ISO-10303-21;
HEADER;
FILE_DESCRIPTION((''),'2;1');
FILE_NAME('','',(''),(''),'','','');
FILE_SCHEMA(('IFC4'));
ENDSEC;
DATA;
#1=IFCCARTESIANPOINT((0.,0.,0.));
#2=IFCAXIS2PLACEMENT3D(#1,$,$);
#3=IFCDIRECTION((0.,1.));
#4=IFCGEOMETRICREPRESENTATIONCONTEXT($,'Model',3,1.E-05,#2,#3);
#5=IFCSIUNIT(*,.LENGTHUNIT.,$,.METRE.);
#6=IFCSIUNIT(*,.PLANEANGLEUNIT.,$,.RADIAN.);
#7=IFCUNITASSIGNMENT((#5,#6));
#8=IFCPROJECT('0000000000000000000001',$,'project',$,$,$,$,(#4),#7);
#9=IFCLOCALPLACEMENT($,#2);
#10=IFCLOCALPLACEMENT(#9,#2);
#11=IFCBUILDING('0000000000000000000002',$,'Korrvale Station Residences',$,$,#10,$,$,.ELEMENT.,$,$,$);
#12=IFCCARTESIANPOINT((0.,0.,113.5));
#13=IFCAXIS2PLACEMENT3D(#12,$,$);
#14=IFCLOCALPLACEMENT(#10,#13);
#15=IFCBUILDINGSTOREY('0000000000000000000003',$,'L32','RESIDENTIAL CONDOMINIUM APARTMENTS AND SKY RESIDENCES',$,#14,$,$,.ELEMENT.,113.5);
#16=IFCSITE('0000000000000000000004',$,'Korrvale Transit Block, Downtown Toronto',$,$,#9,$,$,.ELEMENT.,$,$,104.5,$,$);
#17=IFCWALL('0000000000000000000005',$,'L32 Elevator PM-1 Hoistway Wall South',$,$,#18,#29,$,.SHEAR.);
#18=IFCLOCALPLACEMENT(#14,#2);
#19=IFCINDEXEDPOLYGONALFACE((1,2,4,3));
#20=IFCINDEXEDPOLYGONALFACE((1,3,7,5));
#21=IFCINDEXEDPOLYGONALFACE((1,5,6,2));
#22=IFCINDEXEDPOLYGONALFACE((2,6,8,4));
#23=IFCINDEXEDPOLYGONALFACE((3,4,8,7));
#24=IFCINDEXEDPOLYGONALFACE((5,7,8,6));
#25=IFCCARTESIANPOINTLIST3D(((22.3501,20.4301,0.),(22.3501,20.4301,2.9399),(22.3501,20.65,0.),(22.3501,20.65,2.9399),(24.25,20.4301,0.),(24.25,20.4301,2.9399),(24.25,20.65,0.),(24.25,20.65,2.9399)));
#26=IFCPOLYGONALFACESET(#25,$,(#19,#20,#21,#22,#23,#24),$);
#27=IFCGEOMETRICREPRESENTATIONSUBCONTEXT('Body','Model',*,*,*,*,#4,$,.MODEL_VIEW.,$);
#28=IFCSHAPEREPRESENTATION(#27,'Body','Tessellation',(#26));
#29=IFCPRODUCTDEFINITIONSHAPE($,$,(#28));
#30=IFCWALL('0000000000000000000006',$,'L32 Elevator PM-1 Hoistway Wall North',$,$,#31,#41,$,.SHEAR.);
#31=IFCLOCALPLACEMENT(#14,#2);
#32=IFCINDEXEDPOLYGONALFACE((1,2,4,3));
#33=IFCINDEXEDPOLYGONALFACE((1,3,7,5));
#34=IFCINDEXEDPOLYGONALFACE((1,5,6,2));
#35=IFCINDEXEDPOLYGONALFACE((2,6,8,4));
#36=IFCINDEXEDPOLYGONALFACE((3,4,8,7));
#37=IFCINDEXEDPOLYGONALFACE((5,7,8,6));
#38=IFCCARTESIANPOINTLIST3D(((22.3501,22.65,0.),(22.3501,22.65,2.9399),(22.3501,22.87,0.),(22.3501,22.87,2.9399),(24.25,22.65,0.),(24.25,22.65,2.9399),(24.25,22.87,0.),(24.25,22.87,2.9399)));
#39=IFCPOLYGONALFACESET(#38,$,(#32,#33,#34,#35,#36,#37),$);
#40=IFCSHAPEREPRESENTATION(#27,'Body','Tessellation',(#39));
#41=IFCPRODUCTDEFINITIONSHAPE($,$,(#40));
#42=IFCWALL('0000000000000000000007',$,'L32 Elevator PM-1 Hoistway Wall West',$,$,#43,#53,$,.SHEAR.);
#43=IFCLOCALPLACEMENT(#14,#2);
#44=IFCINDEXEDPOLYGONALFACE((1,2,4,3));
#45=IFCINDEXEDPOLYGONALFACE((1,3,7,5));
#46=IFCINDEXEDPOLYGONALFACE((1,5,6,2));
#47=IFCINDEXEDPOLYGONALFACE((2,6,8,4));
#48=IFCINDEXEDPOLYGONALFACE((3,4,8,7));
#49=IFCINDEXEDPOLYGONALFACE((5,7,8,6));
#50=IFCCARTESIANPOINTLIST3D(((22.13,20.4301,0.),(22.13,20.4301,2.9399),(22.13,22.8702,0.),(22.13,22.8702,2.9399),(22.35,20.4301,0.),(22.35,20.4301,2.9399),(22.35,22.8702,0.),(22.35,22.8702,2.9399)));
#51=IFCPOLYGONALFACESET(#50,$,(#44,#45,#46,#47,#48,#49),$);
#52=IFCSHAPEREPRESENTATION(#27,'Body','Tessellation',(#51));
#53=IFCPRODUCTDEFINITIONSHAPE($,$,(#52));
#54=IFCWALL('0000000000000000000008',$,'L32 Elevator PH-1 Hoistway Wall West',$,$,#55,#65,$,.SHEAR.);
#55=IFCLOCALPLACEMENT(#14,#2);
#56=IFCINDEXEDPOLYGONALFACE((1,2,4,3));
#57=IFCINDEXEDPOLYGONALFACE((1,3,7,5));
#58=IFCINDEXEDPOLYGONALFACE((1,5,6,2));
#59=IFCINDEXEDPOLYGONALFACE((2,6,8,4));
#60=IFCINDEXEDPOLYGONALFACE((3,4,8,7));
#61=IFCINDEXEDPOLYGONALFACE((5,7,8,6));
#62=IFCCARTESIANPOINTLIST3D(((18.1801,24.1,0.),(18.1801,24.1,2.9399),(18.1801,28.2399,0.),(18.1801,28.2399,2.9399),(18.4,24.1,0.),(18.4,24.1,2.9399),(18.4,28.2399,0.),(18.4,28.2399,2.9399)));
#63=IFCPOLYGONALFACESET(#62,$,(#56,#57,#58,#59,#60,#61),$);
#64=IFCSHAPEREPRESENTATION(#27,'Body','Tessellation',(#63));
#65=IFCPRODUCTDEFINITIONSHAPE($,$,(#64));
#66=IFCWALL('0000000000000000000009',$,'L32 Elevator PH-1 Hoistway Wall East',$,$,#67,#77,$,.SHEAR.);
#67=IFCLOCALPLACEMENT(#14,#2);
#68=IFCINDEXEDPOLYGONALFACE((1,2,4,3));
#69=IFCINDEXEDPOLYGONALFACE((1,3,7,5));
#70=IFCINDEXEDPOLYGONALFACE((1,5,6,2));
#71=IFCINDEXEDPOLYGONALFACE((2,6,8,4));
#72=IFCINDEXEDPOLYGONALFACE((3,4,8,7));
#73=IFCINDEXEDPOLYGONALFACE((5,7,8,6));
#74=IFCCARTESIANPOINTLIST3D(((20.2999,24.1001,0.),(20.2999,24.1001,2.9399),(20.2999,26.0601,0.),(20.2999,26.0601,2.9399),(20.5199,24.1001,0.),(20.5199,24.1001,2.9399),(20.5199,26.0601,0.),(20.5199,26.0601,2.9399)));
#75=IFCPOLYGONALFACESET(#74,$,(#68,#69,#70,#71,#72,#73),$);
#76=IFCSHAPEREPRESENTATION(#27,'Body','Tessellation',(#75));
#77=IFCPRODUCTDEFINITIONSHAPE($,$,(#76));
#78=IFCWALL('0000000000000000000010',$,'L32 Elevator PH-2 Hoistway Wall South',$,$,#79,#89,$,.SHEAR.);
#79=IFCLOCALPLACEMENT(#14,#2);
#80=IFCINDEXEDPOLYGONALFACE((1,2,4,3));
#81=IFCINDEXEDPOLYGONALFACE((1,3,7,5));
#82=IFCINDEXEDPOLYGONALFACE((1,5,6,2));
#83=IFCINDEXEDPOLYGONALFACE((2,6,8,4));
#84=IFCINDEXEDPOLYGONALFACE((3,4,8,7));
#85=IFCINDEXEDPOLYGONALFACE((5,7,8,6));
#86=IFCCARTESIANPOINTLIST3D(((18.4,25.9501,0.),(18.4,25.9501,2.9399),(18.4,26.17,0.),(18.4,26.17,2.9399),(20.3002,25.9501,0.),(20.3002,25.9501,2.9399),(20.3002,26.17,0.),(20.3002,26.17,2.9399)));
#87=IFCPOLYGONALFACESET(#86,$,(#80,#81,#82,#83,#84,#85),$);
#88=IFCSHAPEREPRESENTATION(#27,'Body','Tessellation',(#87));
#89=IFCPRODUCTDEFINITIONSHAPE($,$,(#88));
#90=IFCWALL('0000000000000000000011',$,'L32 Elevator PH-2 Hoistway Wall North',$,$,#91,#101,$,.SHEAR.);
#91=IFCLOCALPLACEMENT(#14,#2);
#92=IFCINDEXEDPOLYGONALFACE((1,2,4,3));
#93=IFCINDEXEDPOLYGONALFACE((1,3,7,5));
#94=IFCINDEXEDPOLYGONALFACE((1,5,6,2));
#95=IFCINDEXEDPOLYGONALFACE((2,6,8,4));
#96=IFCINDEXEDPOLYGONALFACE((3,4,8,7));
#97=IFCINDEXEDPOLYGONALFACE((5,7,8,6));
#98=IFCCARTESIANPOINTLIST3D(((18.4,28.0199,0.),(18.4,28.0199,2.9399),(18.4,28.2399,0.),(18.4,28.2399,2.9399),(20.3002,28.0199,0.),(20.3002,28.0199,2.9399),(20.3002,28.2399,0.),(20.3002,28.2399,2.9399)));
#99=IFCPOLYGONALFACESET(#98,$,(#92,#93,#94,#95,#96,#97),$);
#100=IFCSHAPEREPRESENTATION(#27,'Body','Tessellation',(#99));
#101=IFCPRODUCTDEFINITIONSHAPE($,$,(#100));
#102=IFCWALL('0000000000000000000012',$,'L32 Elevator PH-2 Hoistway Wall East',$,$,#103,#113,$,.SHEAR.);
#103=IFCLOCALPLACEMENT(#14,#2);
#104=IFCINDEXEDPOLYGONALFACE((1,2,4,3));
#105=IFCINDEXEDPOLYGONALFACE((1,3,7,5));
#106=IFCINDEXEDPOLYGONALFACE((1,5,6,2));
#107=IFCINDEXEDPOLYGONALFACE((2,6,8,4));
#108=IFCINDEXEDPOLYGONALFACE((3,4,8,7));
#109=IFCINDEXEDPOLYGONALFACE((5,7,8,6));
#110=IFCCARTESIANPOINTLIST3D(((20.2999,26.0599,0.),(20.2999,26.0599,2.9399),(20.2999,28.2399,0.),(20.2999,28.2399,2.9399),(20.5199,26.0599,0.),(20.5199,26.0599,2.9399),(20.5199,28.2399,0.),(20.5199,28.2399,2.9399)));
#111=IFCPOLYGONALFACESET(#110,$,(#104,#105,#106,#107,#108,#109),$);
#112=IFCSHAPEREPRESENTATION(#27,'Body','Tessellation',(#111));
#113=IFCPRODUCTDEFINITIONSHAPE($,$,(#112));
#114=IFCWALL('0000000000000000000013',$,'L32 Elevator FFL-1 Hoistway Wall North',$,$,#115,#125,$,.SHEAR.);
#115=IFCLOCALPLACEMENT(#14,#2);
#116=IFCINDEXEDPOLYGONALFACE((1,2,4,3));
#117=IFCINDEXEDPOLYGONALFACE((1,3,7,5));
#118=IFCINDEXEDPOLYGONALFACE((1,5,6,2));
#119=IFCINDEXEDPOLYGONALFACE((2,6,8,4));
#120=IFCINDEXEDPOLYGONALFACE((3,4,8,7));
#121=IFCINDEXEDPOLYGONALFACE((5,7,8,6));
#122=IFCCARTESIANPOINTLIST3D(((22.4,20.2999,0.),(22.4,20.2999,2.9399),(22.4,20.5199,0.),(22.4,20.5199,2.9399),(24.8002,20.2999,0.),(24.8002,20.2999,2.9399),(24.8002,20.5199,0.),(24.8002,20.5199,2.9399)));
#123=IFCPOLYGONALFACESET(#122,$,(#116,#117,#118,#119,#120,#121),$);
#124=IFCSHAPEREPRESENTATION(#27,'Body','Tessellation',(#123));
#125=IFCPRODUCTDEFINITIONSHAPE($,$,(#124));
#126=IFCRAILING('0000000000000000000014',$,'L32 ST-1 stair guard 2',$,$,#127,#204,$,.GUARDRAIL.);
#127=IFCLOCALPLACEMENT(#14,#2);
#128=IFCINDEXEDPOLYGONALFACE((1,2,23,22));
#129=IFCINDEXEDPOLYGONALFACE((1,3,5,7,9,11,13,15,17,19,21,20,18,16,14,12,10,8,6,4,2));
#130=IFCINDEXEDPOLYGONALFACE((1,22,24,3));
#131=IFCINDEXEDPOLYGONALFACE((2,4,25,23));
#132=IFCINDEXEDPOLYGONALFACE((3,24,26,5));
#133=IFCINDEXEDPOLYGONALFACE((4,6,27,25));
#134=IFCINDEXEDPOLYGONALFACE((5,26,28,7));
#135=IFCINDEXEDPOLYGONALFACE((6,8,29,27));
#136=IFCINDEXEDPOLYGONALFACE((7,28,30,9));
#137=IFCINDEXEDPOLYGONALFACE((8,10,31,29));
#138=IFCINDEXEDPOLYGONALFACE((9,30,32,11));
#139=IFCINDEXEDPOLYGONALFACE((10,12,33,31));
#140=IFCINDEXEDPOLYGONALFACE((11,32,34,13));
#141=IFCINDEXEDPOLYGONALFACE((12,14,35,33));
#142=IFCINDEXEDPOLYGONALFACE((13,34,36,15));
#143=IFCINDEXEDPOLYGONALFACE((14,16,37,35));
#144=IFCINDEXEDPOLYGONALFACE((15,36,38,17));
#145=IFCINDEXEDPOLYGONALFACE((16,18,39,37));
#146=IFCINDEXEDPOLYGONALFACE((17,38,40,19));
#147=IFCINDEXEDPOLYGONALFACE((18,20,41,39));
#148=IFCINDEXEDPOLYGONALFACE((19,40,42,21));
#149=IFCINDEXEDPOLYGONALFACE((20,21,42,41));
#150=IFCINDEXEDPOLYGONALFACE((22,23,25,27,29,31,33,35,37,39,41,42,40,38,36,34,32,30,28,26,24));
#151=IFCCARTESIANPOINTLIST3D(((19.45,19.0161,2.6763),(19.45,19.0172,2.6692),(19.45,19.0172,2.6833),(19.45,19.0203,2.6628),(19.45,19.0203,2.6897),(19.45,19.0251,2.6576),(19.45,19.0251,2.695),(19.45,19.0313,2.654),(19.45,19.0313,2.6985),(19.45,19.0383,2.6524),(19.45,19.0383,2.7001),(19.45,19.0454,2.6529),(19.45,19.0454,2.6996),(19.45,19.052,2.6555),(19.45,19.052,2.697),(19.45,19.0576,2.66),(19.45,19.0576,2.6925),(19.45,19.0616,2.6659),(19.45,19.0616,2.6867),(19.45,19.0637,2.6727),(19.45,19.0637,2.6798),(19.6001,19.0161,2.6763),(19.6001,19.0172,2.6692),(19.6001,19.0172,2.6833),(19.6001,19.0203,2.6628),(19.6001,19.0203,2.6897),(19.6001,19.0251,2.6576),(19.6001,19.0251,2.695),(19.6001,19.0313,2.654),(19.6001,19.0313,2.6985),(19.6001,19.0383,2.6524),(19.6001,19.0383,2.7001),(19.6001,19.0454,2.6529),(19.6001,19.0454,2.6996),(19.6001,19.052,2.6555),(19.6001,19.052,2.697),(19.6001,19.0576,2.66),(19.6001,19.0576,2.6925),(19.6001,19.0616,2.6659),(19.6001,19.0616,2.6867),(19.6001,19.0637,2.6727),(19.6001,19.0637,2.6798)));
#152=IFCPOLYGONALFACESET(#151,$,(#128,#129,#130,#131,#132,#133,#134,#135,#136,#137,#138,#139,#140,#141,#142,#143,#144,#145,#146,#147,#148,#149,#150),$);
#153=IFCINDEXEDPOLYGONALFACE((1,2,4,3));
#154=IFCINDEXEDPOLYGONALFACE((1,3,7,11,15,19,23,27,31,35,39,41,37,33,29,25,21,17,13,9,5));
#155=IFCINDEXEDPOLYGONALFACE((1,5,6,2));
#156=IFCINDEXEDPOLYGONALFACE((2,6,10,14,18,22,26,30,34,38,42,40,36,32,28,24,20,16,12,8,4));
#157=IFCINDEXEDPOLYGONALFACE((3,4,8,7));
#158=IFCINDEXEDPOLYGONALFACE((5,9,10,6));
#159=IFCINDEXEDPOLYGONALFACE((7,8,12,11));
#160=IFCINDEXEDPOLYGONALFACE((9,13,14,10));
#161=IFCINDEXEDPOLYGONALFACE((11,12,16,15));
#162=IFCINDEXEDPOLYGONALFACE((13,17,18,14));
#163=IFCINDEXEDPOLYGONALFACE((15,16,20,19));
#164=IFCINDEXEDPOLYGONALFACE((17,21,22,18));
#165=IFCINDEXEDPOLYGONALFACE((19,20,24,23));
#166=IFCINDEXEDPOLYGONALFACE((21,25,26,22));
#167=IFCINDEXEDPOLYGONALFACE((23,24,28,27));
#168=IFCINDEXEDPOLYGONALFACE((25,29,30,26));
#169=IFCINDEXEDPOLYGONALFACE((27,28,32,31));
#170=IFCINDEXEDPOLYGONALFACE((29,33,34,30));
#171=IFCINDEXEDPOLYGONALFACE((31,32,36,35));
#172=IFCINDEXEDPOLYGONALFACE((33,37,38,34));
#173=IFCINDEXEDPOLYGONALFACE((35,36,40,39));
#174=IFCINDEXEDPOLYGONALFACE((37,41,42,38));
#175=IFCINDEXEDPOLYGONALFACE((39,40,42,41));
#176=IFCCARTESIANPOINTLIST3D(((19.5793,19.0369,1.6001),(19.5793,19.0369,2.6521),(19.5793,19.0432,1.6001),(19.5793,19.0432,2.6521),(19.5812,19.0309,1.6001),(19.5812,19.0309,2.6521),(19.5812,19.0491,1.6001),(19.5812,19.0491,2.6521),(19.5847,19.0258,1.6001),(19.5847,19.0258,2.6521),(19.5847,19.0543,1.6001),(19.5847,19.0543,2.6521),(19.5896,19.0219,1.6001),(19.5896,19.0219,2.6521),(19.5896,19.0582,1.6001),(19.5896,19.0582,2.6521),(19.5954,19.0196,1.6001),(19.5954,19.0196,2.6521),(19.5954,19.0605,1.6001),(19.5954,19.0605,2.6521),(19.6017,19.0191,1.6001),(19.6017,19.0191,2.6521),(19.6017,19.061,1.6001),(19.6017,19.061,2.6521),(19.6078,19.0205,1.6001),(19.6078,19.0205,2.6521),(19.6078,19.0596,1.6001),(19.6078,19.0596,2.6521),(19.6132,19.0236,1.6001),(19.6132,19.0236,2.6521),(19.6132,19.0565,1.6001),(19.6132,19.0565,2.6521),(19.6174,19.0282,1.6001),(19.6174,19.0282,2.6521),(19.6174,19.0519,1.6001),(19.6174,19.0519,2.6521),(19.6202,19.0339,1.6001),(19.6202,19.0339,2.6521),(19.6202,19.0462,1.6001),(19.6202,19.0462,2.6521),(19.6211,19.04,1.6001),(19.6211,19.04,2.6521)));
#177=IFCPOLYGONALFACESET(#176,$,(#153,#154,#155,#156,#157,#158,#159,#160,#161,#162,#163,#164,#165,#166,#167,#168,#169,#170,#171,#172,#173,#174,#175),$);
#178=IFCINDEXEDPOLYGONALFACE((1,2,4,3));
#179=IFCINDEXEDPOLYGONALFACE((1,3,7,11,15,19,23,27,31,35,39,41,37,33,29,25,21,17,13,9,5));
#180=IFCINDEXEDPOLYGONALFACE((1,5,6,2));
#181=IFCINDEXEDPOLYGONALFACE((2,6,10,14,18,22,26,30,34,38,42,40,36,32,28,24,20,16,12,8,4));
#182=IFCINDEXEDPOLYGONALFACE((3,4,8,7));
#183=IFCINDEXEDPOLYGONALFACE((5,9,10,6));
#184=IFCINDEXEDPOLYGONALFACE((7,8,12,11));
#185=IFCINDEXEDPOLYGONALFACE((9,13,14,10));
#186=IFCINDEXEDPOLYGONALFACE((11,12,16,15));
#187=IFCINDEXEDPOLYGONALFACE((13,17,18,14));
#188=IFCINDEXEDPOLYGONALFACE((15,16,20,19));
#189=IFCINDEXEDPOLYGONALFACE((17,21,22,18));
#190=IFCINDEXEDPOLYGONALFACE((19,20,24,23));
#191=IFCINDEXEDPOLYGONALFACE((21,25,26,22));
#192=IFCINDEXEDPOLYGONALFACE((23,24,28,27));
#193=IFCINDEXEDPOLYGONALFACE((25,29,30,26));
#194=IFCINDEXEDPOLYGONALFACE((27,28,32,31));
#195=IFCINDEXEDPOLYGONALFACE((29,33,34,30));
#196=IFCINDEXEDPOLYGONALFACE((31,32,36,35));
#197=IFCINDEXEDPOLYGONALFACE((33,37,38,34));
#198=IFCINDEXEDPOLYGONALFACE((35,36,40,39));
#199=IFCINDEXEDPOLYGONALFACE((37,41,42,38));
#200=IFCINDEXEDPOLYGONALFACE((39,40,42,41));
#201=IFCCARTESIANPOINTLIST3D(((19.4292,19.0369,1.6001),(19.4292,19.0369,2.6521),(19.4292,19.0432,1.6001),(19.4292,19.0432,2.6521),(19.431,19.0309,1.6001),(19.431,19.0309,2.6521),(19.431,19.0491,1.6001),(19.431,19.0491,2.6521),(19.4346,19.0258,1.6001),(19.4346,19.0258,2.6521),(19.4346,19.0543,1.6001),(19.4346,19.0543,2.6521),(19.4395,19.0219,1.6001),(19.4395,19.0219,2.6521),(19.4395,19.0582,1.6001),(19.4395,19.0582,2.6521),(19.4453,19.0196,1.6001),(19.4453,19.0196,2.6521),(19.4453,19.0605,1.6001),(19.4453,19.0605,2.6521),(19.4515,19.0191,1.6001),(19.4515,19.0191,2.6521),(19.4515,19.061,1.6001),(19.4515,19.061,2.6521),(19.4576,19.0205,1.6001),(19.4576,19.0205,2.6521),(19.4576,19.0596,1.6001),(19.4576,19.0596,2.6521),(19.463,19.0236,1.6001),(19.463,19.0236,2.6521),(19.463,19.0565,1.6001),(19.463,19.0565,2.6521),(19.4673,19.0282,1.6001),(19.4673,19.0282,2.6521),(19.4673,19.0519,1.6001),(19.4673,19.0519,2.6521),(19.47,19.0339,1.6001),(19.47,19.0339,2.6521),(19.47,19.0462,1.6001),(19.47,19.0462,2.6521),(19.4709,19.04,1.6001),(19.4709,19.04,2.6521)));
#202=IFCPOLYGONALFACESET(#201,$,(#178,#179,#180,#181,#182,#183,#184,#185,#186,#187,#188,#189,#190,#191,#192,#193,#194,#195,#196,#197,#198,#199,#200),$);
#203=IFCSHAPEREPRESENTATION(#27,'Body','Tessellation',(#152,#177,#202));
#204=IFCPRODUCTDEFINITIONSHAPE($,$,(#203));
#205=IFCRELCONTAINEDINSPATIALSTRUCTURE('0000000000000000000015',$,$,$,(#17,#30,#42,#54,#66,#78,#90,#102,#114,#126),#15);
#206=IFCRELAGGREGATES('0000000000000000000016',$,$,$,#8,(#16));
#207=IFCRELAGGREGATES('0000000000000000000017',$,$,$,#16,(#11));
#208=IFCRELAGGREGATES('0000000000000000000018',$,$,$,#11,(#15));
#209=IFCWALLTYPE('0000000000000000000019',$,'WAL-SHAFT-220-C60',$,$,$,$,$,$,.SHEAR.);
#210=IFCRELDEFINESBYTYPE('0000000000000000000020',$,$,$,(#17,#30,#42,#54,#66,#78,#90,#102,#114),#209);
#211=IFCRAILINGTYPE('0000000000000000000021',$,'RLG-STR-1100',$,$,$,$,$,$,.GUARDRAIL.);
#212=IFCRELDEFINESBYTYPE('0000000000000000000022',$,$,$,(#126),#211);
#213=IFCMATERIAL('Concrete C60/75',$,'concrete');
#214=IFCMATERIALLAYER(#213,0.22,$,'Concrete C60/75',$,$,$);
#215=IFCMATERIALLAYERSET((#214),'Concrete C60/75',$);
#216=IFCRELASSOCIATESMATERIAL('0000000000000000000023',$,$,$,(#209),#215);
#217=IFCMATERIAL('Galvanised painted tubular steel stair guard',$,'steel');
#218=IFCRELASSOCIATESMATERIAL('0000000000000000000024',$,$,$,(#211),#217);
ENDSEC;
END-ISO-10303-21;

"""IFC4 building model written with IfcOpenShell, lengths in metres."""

from ifc_helpers import new_model, si_unit, direction, frame, frame_2d, origin, origin_2d, place, context, subcontext, project, spatial, rectangle, circle, extrude, material, layer, layer_set, type_object, element, save


model = new_model("IFC4")

# Units and contexts
model_context = context("Model", 3, precision=1e-05, world=origin(), true_north=direction((0.0, 1.0)))
body_context = subcontext(model_context, "Body", "Model", "MODEL_VIEW")
ifc_project = project(units=[si_unit("LENGTHUNIT", "METRE"), si_unit("PLANEANGLEUNIT", "RADIAN")], contexts=[model_context])

# Site, building, storey
site_placement = place(None, origin())
site = spatial("IfcSite", under=ifc_project, at=site_placement, Name="Korrvale Transit Block, Downtown Toronto", CompositionType="ELEMENT", RefElevation=104.5)
building_placement = place(site_placement, origin())
building = spatial("IfcBuilding", under=site, at=building_placement, Name="Korrvale Station Residences", CompositionType="ELEMENT")
storey_placement = place(building_placement, frame((0.0, 0.0, 113.5)))
storey = spatial("IfcBuildingStorey", under=building, at=storey_placement, Name="L32", Description="RESIDENTIAL CONDOMINIUM APARTMENTS AND SKY RESIDENCES", CompositionType="ELEMENT", Elevation=113.5)

# Shared definitions
ifc_material_1 = material(Name="Concrete C60/75", Category="concrete")

# Shared definitions
ifc_layer_1 = layer(ifc_material_1, 0.22, Name="Concrete C60/75")
ifc_layer_set_1 = layer_set([ifc_layer_1], Name="Concrete C60/75")
wall_type_1 = type_object("IfcWallType", Name="WAL-SHAFT-220-C60", PredefinedType="SHEAR", material=ifc_layer_set_1)

# Walls
for number, where, z_axis, x_axis, name in (
    (1, (22.3501, 20.54, 0.0), (0.0, 0.0, 1.0), (1.0, 0.0, 0.0), "L32 Elevator PM-1 Hoistway Wall South"),
    (2, (22.3501, 22.76, 0.0), (0.0, 0.0, 1.0), (1.0, 0.0, 0.0), "L32 Elevator PM-1 Hoistway Wall North"),
):
    element("IfcWall", number, at=place(storey_placement, frame(where, z_axis=z_axis, x_axis=x_axis)), inside=storey, type_object=wall_type_1, Name=name, PredefinedType="SHEAR", context=body_context, shape_type="SweptSolid", body=[
        extrude(rectangle(XDim=1.8999, YDim=0.22, at=frame_2d((0.95, 0.0))), origin(), (0.0, 0.0, 1.0), 2.9399),
    ])
wall_1_placement = place(storey_placement, frame((22.24, 20.4299, 0.0), z_axis=(0.0, 0.0, 1.0), x_axis=(0.0, 1.0, 0.0)))
element("IfcWall", 3, at=wall_1_placement, inside=storey, type_object=wall_type_1, Name="L32 Elevator PM-1 Hoistway Wall West", PredefinedType="SHEAR", context=body_context, shape_type="SweptSolid", body=[
    extrude(rectangle(XDim=2.4402, YDim=0.22, at=frame_2d((1.2202, 0.0))), origin(), (0.0, 0.0, 1.0), 2.9399),
])
wall_2_placement = place(storey_placement, frame((18.29, 24.1001, 0.0), z_axis=(0.0, 0.0, 1.0), x_axis=(0.0, 1.0, 0.0)))
element("IfcWall", 4, at=wall_2_placement, inside=storey, type_object=wall_type_1, Name="L32 Elevator PH-1 Hoistway Wall West", PredefinedType="SHEAR", context=body_context, shape_type="SweptSolid", body=[
    extrude(rectangle(XDim=4.1399, YDim=0.22, at=frame_2d((2.0698, 0.0))), origin(), (0.0, 0.0, 1.0), 2.9399),
])
wall_3_placement = place(storey_placement, frame((20.4099, 24.1001, 0.0), z_axis=(0.0, 0.0, 1.0), x_axis=(0.0, 1.0, 0.0)))
element("IfcWall", 5, at=wall_3_placement, inside=storey, type_object=wall_type_1, Name="L32 Elevator PH-1 Hoistway Wall East", PredefinedType="SHEAR", context=body_context, shape_type="SweptSolid", body=[
    extrude(rectangle(XDim=1.96, YDim=0.22, at=frame_2d((0.98, 0.0))), origin(), (0.0, 0.0, 1.0), 2.9399),
])
for number, where, z_axis, x_axis, name in (
    (6, (18.3999, 26.0601, 0.0), (0.0, 0.0, 1.0), (1.0, 0.0, 0.0), "L32 Elevator PH-2 Hoistway Wall South"),
    (7, (18.3999, 28.1299, 0.0), (0.0, 0.0, 1.0), (1.0, 0.0, 0.0), "L32 Elevator PH-2 Hoistway Wall North"),
):
    element("IfcWall", number, at=place(storey_placement, frame(where, z_axis=z_axis, x_axis=x_axis)), inside=storey, type_object=wall_type_1, Name=name, PredefinedType="SHEAR", context=body_context, shape_type="SweptSolid", body=[
        extrude(rectangle(XDim=1.9001, YDim=0.22, at=frame_2d((0.9502, 0.0))), origin(), (0.0, 0.0, 1.0), 2.9399),
    ])
wall_4_placement = place(storey_placement, frame((20.4099, 26.0601, 0.0), z_axis=(0.0, 0.0, 1.0), x_axis=(0.0, 1.0, 0.0)))
element("IfcWall", 8, at=wall_4_placement, inside=storey, type_object=wall_type_1, Name="L32 Elevator PH-2 Hoistway Wall East", PredefinedType="SHEAR", context=body_context, shape_type="SweptSolid", body=[
    extrude(rectangle(XDim=2.1799, YDim=0.22, at=frame_2d((1.0898, 0.0))), origin(), (0.0, 0.0, 1.0), 2.9399),
])
wall_5_placement = place(storey_placement, frame((22.3999, 20.4099, 0.0), z_axis=(0.0, 0.0, 1.0), x_axis=(1.0, 0.0, 0.0)))
element("IfcWall", 9, at=wall_5_placement, inside=storey, type_object=wall_type_1, Name="L32 Elevator FFL-1 Hoistway Wall North", PredefinedType="SHEAR", context=body_context, shape_type="SweptSolid", body=[
    extrude(rectangle(XDim=2.4001, YDim=0.22, at=frame_2d((1.2002, 0.0))), origin(), (0.0, 0.0, 1.0), 2.9399),
])

# Railing
ifc_material_2 = material(Name="Galvanised painted tubular steel stair guard", Category="steel")
railing_type = type_object("IfcRailingType", Name="RLG-STR-1100", PredefinedType="GUARDRAIL", material=ifc_material_2)
railing_1_placement = place(storey_placement, frame((19.6001, 19.04, 1.6001)))
element("IfcRailing", 10, at=railing_1_placement, inside=storey, type_object=railing_type, Name="L32 ST-1 stair guard 2", PredefinedType="GUARDRAIL", context=body_context, shape_type="SweptSolid", body=[
    extrude(circle(Radius=0.0239, at=origin_2d()), frame((0.0, 0.0, 1.0762), z_axis=(-1.0, 0.0, 0.0), x_axis=(0.0, -1.0, 0.0)), (0.0, 0.0, 1.0), 0.1501),
    extrude(circle(Radius=0.021, at=origin_2d()), origin(), (0.0, 0.0, 1.0), 1.052),
    extrude(circle(Radius=0.021, at=origin_2d()), frame((-0.1501, 0.0, 0.0)), (0.0, 0.0, 1.0), 1.052),
])

save(model, "model.ifc")
